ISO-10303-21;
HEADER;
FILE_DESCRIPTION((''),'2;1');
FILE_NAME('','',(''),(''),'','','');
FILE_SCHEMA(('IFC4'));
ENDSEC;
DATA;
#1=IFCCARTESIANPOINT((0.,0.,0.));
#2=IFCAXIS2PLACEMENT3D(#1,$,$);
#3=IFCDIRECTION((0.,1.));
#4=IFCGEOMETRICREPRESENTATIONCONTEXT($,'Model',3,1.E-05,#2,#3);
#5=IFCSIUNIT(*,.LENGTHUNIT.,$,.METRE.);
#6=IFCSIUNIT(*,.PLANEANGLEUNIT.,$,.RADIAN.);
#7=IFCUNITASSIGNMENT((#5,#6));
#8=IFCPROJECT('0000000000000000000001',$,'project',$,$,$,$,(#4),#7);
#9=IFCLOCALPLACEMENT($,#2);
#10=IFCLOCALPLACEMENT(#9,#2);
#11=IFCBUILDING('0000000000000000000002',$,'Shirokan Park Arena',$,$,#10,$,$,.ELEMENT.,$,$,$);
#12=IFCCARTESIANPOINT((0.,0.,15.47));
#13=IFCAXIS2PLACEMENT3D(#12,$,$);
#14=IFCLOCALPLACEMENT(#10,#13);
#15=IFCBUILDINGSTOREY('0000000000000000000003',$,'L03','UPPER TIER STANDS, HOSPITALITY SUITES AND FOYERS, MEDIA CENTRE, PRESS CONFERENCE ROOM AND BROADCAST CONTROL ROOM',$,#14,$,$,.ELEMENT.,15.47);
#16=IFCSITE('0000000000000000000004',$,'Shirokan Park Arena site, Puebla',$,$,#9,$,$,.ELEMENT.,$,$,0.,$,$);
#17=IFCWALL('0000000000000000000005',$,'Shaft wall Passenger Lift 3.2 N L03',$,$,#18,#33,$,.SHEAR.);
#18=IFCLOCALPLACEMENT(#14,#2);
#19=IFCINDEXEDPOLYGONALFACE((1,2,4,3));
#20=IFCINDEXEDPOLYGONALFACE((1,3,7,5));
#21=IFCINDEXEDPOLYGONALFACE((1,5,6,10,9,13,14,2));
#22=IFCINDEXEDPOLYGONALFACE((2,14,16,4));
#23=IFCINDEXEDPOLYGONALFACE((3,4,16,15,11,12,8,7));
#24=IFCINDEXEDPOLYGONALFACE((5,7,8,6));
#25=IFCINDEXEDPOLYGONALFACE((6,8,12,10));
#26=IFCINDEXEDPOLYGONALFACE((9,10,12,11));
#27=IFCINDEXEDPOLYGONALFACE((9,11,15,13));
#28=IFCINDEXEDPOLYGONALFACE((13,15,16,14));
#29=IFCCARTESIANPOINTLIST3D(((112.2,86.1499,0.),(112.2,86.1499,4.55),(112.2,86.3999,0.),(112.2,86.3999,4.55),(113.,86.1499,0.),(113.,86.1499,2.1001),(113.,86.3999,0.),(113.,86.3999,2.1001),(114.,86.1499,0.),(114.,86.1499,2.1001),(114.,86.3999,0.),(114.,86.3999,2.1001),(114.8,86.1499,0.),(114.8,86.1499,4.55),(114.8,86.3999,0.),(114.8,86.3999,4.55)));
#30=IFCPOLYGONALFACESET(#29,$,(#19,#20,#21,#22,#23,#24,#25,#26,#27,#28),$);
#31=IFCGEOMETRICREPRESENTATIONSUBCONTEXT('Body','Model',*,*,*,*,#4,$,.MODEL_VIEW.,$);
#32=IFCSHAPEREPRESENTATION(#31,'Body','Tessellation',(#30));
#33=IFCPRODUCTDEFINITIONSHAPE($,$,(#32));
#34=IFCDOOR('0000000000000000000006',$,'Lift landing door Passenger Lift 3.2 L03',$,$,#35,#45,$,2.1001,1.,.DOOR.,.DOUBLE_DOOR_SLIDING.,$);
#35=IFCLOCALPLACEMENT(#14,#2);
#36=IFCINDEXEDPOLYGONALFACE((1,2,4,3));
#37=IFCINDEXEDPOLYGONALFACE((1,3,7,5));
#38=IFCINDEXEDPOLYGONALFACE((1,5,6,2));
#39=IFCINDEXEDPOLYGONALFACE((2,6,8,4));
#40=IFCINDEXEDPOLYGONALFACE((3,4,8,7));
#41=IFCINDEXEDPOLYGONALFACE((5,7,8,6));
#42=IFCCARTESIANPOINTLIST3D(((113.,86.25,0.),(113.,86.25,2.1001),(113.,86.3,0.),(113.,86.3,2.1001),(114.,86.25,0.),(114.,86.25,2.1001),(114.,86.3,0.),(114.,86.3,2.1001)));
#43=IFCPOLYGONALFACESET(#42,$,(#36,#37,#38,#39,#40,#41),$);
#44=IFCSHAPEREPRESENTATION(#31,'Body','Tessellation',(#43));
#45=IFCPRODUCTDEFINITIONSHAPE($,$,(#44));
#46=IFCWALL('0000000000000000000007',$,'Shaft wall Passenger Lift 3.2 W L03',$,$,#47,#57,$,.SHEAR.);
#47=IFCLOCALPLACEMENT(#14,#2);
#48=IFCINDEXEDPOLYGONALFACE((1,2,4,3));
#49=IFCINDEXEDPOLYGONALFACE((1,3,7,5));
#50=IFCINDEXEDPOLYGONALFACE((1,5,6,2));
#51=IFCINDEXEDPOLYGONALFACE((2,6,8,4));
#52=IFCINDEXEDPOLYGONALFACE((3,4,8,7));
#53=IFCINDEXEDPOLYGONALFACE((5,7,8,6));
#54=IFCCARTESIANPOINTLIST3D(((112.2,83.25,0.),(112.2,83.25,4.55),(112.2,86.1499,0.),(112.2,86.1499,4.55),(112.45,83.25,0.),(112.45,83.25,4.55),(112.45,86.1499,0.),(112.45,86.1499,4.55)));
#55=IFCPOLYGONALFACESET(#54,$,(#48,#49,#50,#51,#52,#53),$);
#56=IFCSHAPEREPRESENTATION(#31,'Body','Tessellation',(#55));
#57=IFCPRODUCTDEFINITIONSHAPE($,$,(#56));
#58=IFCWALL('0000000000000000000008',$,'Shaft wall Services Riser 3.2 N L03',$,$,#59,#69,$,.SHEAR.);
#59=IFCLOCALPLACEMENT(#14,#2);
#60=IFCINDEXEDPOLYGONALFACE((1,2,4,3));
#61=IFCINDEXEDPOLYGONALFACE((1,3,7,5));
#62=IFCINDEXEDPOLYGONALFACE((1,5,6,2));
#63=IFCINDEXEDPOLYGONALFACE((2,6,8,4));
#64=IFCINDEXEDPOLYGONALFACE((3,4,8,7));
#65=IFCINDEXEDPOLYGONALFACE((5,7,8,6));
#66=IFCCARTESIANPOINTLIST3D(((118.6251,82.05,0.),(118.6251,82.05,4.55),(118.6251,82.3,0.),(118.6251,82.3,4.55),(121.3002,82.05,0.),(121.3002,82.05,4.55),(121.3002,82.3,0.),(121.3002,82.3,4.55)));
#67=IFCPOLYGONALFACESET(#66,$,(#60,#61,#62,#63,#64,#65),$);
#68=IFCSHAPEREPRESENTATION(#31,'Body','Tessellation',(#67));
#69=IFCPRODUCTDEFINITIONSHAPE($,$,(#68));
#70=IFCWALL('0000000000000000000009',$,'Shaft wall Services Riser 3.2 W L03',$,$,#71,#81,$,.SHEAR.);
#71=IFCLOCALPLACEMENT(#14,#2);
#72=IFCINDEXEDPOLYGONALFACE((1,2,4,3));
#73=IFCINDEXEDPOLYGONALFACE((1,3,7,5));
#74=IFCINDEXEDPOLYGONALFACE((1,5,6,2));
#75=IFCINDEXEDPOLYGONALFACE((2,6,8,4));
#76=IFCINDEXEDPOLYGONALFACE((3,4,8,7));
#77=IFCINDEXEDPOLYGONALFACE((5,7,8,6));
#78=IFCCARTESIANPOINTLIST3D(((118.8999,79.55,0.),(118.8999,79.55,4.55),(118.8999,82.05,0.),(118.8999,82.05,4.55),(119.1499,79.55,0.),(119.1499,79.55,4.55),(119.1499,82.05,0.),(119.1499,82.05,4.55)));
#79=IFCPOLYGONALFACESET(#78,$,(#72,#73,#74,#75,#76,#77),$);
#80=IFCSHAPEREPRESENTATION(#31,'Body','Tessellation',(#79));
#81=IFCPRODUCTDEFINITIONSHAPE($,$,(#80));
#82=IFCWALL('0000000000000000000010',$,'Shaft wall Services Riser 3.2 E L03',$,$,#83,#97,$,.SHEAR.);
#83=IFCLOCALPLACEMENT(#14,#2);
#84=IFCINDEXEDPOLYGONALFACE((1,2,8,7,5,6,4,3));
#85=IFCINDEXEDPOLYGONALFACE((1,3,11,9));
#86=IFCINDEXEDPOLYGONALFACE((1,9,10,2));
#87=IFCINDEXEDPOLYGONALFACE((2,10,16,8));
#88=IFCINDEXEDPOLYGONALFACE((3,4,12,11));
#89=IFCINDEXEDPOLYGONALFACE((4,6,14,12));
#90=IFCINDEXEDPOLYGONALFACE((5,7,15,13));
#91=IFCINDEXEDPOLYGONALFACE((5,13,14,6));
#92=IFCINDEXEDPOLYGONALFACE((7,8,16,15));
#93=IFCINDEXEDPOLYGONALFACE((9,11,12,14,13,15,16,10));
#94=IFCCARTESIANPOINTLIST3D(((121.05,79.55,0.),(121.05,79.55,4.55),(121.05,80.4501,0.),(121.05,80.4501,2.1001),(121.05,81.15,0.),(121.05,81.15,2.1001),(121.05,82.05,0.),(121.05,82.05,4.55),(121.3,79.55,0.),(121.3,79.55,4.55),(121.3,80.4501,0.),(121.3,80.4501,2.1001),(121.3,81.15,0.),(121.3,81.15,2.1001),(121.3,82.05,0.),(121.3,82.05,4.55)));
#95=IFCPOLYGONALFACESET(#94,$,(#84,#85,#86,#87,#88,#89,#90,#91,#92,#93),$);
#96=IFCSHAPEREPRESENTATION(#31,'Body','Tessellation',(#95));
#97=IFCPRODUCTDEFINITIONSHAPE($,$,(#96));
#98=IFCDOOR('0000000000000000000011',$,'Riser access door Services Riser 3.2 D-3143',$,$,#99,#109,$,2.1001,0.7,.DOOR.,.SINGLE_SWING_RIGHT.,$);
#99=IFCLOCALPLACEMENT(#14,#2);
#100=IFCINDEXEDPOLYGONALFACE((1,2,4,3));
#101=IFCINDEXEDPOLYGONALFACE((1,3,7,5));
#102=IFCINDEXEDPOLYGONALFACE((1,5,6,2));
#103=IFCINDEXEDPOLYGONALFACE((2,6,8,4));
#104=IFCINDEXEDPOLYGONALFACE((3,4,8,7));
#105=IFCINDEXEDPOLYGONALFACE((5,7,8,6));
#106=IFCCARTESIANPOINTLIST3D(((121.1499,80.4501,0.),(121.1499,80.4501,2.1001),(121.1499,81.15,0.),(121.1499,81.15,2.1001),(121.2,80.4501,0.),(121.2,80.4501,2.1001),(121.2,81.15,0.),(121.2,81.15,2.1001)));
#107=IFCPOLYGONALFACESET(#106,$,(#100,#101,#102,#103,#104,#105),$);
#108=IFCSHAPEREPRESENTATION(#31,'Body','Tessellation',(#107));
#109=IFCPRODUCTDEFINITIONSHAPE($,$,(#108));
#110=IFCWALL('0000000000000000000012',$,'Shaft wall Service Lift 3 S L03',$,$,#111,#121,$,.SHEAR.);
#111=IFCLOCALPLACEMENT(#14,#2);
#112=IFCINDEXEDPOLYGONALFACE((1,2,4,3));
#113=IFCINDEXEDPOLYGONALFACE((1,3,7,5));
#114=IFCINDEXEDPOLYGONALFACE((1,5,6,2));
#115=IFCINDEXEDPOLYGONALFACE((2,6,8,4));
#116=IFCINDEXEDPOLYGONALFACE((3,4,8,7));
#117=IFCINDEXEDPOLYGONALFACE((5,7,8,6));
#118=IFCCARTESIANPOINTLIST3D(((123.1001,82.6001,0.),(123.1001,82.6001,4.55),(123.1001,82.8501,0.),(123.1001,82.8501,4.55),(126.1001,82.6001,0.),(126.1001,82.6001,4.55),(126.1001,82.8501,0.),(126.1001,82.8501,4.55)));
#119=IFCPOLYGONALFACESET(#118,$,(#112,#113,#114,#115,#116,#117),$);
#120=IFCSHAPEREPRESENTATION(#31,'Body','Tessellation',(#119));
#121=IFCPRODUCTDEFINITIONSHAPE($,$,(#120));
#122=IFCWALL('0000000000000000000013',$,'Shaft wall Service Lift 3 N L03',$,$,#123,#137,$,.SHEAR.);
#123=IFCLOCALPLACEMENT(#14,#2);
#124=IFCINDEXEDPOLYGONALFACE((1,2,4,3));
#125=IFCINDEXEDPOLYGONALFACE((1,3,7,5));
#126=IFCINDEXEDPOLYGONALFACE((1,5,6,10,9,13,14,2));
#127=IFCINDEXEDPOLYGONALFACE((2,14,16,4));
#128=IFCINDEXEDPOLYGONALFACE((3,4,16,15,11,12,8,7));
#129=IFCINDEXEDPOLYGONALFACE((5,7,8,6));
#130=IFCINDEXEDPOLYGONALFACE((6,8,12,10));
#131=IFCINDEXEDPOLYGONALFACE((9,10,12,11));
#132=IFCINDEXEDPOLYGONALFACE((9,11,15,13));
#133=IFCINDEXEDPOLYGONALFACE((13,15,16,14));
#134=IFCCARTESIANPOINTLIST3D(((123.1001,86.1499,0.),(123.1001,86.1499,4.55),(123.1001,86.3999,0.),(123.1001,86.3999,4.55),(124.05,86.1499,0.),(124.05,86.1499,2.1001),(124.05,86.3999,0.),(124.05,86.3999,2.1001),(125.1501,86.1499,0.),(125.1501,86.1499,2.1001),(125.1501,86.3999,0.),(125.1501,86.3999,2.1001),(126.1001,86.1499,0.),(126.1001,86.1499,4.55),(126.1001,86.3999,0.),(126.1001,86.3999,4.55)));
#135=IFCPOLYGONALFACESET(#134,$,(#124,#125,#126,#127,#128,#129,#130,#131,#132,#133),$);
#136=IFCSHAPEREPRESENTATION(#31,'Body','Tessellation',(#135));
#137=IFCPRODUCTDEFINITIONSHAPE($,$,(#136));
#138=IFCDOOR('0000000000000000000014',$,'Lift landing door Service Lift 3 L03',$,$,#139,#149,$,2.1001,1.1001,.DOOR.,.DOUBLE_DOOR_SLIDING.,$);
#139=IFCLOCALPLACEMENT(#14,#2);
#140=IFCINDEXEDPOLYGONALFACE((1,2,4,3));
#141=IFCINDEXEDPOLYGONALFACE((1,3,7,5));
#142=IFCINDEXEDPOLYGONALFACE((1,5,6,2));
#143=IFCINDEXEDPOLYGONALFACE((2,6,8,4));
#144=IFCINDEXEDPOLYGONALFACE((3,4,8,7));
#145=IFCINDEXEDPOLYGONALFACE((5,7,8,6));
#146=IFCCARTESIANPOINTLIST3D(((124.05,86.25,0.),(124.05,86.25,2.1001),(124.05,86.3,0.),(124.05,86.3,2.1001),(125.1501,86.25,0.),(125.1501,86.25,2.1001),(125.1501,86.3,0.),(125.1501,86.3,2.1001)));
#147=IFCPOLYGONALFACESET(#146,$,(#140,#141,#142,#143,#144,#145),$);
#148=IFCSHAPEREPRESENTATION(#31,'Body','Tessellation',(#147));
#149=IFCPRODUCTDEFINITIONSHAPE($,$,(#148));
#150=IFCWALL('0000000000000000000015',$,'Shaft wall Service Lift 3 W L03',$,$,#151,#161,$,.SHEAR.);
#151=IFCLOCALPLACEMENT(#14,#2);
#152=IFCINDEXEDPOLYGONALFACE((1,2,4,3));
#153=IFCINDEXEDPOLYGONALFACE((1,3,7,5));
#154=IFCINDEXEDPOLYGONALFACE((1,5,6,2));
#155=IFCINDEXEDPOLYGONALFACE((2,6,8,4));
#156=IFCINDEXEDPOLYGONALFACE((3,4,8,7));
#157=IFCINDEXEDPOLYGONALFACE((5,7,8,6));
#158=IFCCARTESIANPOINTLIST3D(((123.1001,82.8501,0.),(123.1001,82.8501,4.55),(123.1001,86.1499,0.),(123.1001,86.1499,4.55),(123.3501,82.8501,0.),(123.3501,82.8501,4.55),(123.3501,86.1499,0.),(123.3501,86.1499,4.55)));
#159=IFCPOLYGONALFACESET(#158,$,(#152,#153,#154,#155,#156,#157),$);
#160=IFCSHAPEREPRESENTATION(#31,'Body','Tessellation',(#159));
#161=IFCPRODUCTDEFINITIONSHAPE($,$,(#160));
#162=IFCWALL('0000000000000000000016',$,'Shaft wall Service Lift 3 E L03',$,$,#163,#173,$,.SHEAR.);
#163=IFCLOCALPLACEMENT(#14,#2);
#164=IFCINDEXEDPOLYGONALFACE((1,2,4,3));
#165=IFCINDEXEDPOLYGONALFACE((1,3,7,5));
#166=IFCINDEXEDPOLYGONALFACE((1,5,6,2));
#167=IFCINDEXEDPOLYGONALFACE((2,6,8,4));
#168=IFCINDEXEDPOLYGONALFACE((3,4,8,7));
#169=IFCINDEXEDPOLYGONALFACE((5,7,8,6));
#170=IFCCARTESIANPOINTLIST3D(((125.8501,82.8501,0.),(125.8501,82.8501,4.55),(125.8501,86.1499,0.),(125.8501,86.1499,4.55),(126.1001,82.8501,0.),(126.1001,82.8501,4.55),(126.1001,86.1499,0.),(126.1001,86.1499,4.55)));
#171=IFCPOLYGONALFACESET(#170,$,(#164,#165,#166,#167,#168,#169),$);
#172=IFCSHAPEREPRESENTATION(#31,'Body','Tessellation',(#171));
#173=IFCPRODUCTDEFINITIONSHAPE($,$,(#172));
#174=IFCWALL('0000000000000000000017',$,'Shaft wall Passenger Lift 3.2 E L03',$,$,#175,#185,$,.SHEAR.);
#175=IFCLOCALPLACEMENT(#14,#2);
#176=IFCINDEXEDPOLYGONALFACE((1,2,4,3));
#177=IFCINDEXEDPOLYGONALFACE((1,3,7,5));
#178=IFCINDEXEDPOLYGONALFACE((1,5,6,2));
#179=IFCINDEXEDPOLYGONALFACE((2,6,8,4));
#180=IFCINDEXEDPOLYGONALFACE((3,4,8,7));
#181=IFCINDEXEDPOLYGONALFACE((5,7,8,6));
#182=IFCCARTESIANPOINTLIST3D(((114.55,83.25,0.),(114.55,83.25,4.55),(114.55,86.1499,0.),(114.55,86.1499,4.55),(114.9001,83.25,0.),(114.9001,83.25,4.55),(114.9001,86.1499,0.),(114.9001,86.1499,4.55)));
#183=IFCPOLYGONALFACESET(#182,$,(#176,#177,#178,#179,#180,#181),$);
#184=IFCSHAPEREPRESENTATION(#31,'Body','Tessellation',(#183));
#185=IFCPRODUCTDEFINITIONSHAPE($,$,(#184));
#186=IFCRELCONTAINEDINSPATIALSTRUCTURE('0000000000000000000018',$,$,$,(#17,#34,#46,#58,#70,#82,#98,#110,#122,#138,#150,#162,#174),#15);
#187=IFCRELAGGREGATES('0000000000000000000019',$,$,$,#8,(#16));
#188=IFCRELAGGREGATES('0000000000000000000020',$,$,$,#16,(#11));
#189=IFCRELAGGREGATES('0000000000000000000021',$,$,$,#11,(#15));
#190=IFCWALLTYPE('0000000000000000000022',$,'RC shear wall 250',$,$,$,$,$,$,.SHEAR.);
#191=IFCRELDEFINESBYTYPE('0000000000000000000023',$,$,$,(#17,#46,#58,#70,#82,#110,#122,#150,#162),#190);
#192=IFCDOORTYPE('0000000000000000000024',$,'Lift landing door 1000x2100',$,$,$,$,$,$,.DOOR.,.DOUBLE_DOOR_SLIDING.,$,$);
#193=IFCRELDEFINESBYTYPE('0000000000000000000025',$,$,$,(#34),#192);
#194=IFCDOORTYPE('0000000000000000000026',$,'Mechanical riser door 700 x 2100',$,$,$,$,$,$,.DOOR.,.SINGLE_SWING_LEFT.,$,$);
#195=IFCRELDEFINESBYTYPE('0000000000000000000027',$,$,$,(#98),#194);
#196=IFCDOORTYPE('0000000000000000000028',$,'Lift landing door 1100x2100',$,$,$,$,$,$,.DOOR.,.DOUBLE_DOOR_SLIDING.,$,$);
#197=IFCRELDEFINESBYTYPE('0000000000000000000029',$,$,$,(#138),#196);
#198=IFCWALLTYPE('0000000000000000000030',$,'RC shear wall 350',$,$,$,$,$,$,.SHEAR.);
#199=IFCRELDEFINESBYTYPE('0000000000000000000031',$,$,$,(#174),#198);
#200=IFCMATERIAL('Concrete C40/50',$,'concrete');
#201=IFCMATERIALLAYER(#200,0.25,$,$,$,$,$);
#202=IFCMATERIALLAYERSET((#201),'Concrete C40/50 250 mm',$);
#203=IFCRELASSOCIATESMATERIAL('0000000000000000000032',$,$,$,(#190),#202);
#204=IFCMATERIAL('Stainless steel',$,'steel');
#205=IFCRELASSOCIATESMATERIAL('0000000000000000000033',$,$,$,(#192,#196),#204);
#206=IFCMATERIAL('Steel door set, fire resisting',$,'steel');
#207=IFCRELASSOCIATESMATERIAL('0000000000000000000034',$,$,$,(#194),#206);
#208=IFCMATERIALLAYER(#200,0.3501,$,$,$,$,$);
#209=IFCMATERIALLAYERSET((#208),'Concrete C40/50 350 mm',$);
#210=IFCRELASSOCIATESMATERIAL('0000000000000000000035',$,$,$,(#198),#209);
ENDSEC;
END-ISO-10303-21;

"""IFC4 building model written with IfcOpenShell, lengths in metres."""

from ifc_helpers import new_model, si_unit, direction, frame, frame_2d, origin, place, context, subcontext, project, spatial, rectangle, extrude, material, layer, layer_set, type_object, element, fill, save


model = new_model("IFC4")

# Units and contexts
model_context = context("Model", 3, precision=1e-05, world=origin(), true_north=direction((0.0, 1.0)))
body_context = subcontext(model_context, "Body", "Model", "MODEL_VIEW")
ifc_project = project(units=[si_unit("LENGTHUNIT", "METRE"), si_unit("PLANEANGLEUNIT", "RADIAN")], contexts=[model_context])

# Site, building, storey
site_placement = place(None, origin())
site = spatial("IfcSite", under=ifc_project, at=site_placement, Name="Shirokan Park Arena site, Puebla", CompositionType="ELEMENT", RefElevation=0.0)
building_placement = place(site_placement, origin())
building = spatial("IfcBuilding", under=site, at=building_placement, Name="Shirokan Park Arena", CompositionType="ELEMENT")
storey_placement = place(building_placement, frame((0.0, 0.0, 15.47)))
storey = spatial("IfcBuildingStorey", under=building, at=storey_placement, Name="L03", Description="UPPER TIER STANDS, HOSPITALITY SUITES AND FOYERS, MEDIA CENTRE, PRESS CONFERENCE ROOM AND BROADCAST CONTROL ROOM", CompositionType="ELEMENT", Elevation=15.47)

# Shared definitions
ifc_material_1 = material(Name="Concrete C40/50", Category="concrete")
ifc_layer_1 = layer(ifc_material_1, 0.25)
ifc_layer_set_1 = layer_set([ifc_layer_1], Name="Concrete C40/50 250 mm")
wall_type_1 = type_object("IfcWallType", Name="RC shear wall 250", PredefinedType="SHEAR", material=ifc_layer_set_1)

# Shared definitions
ifc_material_2 = material(Name="Stainless steel", Category="steel")
door_type_1 = type_object("IfcDoorType", Name="Lift landing door 1000x2100", OperationType="DOUBLE_DOOR_SLIDING", PredefinedType="DOOR", material=ifc_material_2)

# Wall, opening, door
wall_1_placement = place(storey_placement, frame((114.8, 86.2749, 0.0), z_axis=(0.0, 0.0, 1.0), x_axis=(-1.0, 0.0, 0.0)))
wall_1 = element("IfcWall", 1, at=wall_1_placement, inside=storey, type_object=wall_type_1, Name="Shaft wall Passenger Lift 3.2 N L03", PredefinedType="SHEAR", context=body_context, shape_type="SweptSolid", body=[
    extrude(rectangle(XDim=2.6001, YDim=0.25, at=frame_2d((1.3, 0.0))), origin(), (0.0, 0.0, 1.0), 4.55),
])
opening_1_placement = place(wall_1_placement, frame((0.8, 0.0, 0.0)))
opening_1 = element("IfcOpeningElement", 2, at=opening_1_placement, cuts=wall_1, PredefinedType="OPENING", context=body_context, shape_type="SweptSolid", body=[
    extrude(rectangle(XDim=1.0, YDim=2.1001, at=frame_2d((0.5, 1.05))), frame((0.0, 0.135, 0.0), z_axis=(0.0, -1.0, 0.0), x_axis=(1.0, 0.0, 0.0)), (0.0, 0.0, 1.0), 0.27),
])
door_1_placement = place(opening_1_placement, origin())
door_1 = element("IfcDoor", 3, at=door_1_placement, inside=storey, type_object=door_type_1, Name="Lift landing door Passenger Lift 3.2 L03", OperationType="DOUBLE_DOOR_SLIDING", OverallHeight=2.1001, OverallWidth=1.0, PredefinedType="DOOR", context=body_context, shape_type="SweptSolid", body=[
    extrude(rectangle(XDim=1.0, YDim=2.1001, at=frame_2d((0.5, 1.05))), frame((0.0, 0.0249, 0.0), z_axis=(0.0, -1.0, 0.0), x_axis=(1.0, 0.0, 0.0)), (0.0, 0.0, 1.0), 0.05),
])
fill(opening_1, door_1)

# Walls
wall_2_placement = place(storey_placement, frame((112.325, 86.1499, 0.0), z_axis=(0.0, 0.0, 1.0), x_axis=(0.0, -1.0, 0.0)))
element("IfcWall", 4, at=wall_2_placement, inside=storey, type_object=wall_type_1, Name="Shaft wall Passenger Lift 3.2 W L03", PredefinedType="SHEAR", context=body_context, shape_type="SweptSolid", body=[
    extrude(rectangle(XDim=2.8999, YDim=0.25, at=frame_2d((1.45, 0.0))), origin(), (0.0, 0.0, 1.0), 4.55),
])
wall_3_placement = place(storey_placement, frame((121.3, 82.175, 0.0), z_axis=(0.0, 0.0, 1.0), x_axis=(-1.0, 0.0, 0.0)))
element("IfcWall", 5, at=wall_3_placement, inside=storey, type_object=wall_type_1, Name="Shaft wall Services Riser 3.2 N L03", PredefinedType="SHEAR", context=body_context, shape_type="SweptSolid", body=[
    extrude(rectangle(XDim=2.675, YDim=0.25, at=frame_2d((1.3374, 0.0))), origin(), (0.0, 0.0, 1.0), 4.55),
])
wall_4_placement = place(storey_placement, frame((119.0249, 82.05, 0.0), z_axis=(0.0, 0.0, 1.0), x_axis=(0.0, -1.0, 0.0)))
element("IfcWall", 6, at=wall_4_placement, inside=storey, type_object=wall_type_1, Name="Shaft wall Services Riser 3.2 W L03", PredefinedType="SHEAR", context=body_context, shape_type="SweptSolid", body=[
    extrude(rectangle(XDim=2.5, YDim=0.25, at=frame_2d((1.25, 0.0))), origin(), (0.0, 0.0, 1.0), 4.55),
])

# Wall, opening, door
wall_5_placement = place(storey_placement, frame((121.175, 82.05, 0.0), z_axis=(0.0, 0.0, 1.0), x_axis=(0.0, -1.0, 0.0)))
wall_5 = element("IfcWall", 7, at=wall_5_placement, inside=storey, type_object=wall_type_1, Name="Shaft wall Services Riser 3.2 E L03", PredefinedType="SHEAR", context=body_context, shape_type="SweptSolid", body=[
    extrude(rectangle(XDim=2.5, YDim=0.25, at=frame_2d((1.25, 0.0))), origin(), (0.0, 0.0, 1.0), 4.55),
])
opening_2_placement = place(wall_5_placement, frame((0.8999, 0.0, 0.0)))
opening_2 = element("IfcOpeningElement", 8, at=opening_2_placement, cuts=wall_5, PredefinedType="OPENING", context=body_context, shape_type="SweptSolid", body=[
    extrude(rectangle(XDim=0.7, YDim=2.1001, at=frame_2d((0.3501, 1.05))), frame((0.0, 0.135, 0.0), z_axis=(0.0, -1.0, 0.0), x_axis=(1.0, 0.0, 0.0)), (0.0, 0.0, 1.0), 0.27),
])
ifc_material_3 = material(Name="Steel door set, fire resisting", Category="steel")
door_type_2 = type_object("IfcDoorType", Name="Mechanical riser door 700 x 2100", OperationType="SINGLE_SWING_LEFT", PredefinedType="DOOR", material=ifc_material_3)
door_2_placement = place(opening_2_placement, origin())
door_2 = element("IfcDoor", 9, at=door_2_placement, inside=storey, type_object=door_type_2, Name="Riser access door Services Riser 3.2 D-3143", OperationType="SINGLE_SWING_RIGHT", OverallHeight=2.1001, OverallWidth=0.7, PredefinedType="DOOR", context=body_context, shape_type="SweptSolid", body=[
    extrude(rectangle(XDim=0.7, YDim=2.1001, at=frame_2d((0.3501, 1.05))), frame((0.0, 0.0249, 0.0), z_axis=(0.0, -1.0, 0.0), x_axis=(1.0, 0.0, 0.0)), (0.0, 0.0, 1.0), 0.05),
])
fill(opening_2, door_2)

# Wall
wall_6_placement = place(storey_placement, frame((126.1001, 82.7251, 0.0), z_axis=(0.0, 0.0, 1.0), x_axis=(-1.0, 0.0, 0.0)))
element("IfcWall", 10, at=wall_6_placement, inside=storey, type_object=wall_type_1, Name="Shaft wall Service Lift 3 S L03", PredefinedType="SHEAR", context=body_context, shape_type="SweptSolid", body=[
    extrude(rectangle(XDim=3.0, YDim=0.25, at=frame_2d((1.5, 0.0))), origin(), (0.0, 0.0, 1.0), 4.55),
])

# Wall, opening, door
wall_7_placement = place(storey_placement, frame((126.1001, 86.2749, 0.0), z_axis=(0.0, 0.0, 1.0), x_axis=(-1.0, 0.0, 0.0)))
wall_7 = element("IfcWall", 11, at=wall_7_placement, inside=storey, type_object=wall_type_1, Name="Shaft wall Service Lift 3 N L03", PredefinedType="SHEAR", context=body_context, shape_type="SweptSolid", body=[
    extrude(rectangle(XDim=3.0, YDim=0.25, at=frame_2d((1.5, 0.0))), origin(), (0.0, 0.0, 1.0), 4.55),
])
opening_3_placement = place(wall_7_placement, frame((0.95, 0.0, 0.0)))
opening_3 = element("IfcOpeningElement", 12, at=opening_3_placement, cuts=wall_7, PredefinedType="OPENING", context=body_context, shape_type="SweptSolid", body=[
    extrude(rectangle(XDim=1.1001, YDim=2.1001, at=frame_2d((0.55, 1.05))), frame((0.0, 0.135, 0.0), z_axis=(0.0, -1.0, 0.0), x_axis=(1.0, 0.0, 0.0)), (0.0, 0.0, 1.0), 0.27),
])
door_type_3 = type_object("IfcDoorType", Name="Lift landing door 1100x2100", OperationType="DOUBLE_DOOR_SLIDING", PredefinedType="DOOR", material=ifc_material_2)
door_3_placement = place(opening_3_placement, origin())
door_3 = element("IfcDoor", 13, at=door_3_placement, inside=storey, type_object=door_type_3, Name="Lift landing door Service Lift 3 L03", OperationType="DOUBLE_DOOR_SLIDING", OverallHeight=2.1001, OverallWidth=1.1001, PredefinedType="DOOR", context=body_context, shape_type="SweptSolid", body=[
    extrude(rectangle(XDim=1.1001, YDim=2.1001, at=frame_2d((0.55, 1.05))), frame((0.0, 0.0249, 0.0), z_axis=(0.0, -1.0, 0.0), x_axis=(1.0, 0.0, 0.0)), (0.0, 0.0, 1.0), 0.05),
])
fill(opening_3, door_3)

# Walls
for number, where, z_axis, x_axis, name in (
    (14, (123.2251, 86.1499, 0.0), (0.0, 0.0, 1.0), (0.0, -1.0, 0.0), "Shaft wall Service Lift 3 W L03"),
    (15, (125.9751, 86.1499, 0.0), (0.0, 0.0, 1.0), (0.0, -1.0, 0.0), "Shaft wall Service Lift 3 E L03"),
):
    element("IfcWall", number, at=place(storey_placement, frame(where, z_axis=z_axis, x_axis=x_axis)), inside=storey, type_object=wall_type_1, Name=name, PredefinedType="SHEAR", context=body_context, shape_type="SweptSolid", body=[
        extrude(rectangle(XDim=3.2998, YDim=0.25, at=frame_2d((1.6499, 0.0))), origin(), (0.0, 0.0, 1.0), 4.55),
    ])
ifc_layer_2 = layer(ifc_material_1, 0.3501)
ifc_layer_set_2 = layer_set([ifc_layer_2], Name="Concrete C40/50 350 mm")
wall_type_2 = type_object("IfcWallType", Name="RC shear wall 350", PredefinedType="SHEAR", material=ifc_layer_set_2)
wall_8_placement = place(storey_placement, frame((114.7251, 86.1499, 0.0), z_axis=(0.0, 0.0, 1.0), x_axis=(0.0, -1.0, 0.0)))
element("IfcWall", 16, at=wall_8_placement, inside=storey, type_object=wall_type_2, Name="Shaft wall Passenger Lift 3.2 E L03", PredefinedType="SHEAR", context=body_context, shape_type="SweptSolid", body=[
    extrude(rectangle(XDim=2.8999, YDim=0.3501, at=frame_2d((1.45, 0.0))), origin(), (0.0, 0.0, 1.0), 4.55),
])

save(model, "model.ifc")
